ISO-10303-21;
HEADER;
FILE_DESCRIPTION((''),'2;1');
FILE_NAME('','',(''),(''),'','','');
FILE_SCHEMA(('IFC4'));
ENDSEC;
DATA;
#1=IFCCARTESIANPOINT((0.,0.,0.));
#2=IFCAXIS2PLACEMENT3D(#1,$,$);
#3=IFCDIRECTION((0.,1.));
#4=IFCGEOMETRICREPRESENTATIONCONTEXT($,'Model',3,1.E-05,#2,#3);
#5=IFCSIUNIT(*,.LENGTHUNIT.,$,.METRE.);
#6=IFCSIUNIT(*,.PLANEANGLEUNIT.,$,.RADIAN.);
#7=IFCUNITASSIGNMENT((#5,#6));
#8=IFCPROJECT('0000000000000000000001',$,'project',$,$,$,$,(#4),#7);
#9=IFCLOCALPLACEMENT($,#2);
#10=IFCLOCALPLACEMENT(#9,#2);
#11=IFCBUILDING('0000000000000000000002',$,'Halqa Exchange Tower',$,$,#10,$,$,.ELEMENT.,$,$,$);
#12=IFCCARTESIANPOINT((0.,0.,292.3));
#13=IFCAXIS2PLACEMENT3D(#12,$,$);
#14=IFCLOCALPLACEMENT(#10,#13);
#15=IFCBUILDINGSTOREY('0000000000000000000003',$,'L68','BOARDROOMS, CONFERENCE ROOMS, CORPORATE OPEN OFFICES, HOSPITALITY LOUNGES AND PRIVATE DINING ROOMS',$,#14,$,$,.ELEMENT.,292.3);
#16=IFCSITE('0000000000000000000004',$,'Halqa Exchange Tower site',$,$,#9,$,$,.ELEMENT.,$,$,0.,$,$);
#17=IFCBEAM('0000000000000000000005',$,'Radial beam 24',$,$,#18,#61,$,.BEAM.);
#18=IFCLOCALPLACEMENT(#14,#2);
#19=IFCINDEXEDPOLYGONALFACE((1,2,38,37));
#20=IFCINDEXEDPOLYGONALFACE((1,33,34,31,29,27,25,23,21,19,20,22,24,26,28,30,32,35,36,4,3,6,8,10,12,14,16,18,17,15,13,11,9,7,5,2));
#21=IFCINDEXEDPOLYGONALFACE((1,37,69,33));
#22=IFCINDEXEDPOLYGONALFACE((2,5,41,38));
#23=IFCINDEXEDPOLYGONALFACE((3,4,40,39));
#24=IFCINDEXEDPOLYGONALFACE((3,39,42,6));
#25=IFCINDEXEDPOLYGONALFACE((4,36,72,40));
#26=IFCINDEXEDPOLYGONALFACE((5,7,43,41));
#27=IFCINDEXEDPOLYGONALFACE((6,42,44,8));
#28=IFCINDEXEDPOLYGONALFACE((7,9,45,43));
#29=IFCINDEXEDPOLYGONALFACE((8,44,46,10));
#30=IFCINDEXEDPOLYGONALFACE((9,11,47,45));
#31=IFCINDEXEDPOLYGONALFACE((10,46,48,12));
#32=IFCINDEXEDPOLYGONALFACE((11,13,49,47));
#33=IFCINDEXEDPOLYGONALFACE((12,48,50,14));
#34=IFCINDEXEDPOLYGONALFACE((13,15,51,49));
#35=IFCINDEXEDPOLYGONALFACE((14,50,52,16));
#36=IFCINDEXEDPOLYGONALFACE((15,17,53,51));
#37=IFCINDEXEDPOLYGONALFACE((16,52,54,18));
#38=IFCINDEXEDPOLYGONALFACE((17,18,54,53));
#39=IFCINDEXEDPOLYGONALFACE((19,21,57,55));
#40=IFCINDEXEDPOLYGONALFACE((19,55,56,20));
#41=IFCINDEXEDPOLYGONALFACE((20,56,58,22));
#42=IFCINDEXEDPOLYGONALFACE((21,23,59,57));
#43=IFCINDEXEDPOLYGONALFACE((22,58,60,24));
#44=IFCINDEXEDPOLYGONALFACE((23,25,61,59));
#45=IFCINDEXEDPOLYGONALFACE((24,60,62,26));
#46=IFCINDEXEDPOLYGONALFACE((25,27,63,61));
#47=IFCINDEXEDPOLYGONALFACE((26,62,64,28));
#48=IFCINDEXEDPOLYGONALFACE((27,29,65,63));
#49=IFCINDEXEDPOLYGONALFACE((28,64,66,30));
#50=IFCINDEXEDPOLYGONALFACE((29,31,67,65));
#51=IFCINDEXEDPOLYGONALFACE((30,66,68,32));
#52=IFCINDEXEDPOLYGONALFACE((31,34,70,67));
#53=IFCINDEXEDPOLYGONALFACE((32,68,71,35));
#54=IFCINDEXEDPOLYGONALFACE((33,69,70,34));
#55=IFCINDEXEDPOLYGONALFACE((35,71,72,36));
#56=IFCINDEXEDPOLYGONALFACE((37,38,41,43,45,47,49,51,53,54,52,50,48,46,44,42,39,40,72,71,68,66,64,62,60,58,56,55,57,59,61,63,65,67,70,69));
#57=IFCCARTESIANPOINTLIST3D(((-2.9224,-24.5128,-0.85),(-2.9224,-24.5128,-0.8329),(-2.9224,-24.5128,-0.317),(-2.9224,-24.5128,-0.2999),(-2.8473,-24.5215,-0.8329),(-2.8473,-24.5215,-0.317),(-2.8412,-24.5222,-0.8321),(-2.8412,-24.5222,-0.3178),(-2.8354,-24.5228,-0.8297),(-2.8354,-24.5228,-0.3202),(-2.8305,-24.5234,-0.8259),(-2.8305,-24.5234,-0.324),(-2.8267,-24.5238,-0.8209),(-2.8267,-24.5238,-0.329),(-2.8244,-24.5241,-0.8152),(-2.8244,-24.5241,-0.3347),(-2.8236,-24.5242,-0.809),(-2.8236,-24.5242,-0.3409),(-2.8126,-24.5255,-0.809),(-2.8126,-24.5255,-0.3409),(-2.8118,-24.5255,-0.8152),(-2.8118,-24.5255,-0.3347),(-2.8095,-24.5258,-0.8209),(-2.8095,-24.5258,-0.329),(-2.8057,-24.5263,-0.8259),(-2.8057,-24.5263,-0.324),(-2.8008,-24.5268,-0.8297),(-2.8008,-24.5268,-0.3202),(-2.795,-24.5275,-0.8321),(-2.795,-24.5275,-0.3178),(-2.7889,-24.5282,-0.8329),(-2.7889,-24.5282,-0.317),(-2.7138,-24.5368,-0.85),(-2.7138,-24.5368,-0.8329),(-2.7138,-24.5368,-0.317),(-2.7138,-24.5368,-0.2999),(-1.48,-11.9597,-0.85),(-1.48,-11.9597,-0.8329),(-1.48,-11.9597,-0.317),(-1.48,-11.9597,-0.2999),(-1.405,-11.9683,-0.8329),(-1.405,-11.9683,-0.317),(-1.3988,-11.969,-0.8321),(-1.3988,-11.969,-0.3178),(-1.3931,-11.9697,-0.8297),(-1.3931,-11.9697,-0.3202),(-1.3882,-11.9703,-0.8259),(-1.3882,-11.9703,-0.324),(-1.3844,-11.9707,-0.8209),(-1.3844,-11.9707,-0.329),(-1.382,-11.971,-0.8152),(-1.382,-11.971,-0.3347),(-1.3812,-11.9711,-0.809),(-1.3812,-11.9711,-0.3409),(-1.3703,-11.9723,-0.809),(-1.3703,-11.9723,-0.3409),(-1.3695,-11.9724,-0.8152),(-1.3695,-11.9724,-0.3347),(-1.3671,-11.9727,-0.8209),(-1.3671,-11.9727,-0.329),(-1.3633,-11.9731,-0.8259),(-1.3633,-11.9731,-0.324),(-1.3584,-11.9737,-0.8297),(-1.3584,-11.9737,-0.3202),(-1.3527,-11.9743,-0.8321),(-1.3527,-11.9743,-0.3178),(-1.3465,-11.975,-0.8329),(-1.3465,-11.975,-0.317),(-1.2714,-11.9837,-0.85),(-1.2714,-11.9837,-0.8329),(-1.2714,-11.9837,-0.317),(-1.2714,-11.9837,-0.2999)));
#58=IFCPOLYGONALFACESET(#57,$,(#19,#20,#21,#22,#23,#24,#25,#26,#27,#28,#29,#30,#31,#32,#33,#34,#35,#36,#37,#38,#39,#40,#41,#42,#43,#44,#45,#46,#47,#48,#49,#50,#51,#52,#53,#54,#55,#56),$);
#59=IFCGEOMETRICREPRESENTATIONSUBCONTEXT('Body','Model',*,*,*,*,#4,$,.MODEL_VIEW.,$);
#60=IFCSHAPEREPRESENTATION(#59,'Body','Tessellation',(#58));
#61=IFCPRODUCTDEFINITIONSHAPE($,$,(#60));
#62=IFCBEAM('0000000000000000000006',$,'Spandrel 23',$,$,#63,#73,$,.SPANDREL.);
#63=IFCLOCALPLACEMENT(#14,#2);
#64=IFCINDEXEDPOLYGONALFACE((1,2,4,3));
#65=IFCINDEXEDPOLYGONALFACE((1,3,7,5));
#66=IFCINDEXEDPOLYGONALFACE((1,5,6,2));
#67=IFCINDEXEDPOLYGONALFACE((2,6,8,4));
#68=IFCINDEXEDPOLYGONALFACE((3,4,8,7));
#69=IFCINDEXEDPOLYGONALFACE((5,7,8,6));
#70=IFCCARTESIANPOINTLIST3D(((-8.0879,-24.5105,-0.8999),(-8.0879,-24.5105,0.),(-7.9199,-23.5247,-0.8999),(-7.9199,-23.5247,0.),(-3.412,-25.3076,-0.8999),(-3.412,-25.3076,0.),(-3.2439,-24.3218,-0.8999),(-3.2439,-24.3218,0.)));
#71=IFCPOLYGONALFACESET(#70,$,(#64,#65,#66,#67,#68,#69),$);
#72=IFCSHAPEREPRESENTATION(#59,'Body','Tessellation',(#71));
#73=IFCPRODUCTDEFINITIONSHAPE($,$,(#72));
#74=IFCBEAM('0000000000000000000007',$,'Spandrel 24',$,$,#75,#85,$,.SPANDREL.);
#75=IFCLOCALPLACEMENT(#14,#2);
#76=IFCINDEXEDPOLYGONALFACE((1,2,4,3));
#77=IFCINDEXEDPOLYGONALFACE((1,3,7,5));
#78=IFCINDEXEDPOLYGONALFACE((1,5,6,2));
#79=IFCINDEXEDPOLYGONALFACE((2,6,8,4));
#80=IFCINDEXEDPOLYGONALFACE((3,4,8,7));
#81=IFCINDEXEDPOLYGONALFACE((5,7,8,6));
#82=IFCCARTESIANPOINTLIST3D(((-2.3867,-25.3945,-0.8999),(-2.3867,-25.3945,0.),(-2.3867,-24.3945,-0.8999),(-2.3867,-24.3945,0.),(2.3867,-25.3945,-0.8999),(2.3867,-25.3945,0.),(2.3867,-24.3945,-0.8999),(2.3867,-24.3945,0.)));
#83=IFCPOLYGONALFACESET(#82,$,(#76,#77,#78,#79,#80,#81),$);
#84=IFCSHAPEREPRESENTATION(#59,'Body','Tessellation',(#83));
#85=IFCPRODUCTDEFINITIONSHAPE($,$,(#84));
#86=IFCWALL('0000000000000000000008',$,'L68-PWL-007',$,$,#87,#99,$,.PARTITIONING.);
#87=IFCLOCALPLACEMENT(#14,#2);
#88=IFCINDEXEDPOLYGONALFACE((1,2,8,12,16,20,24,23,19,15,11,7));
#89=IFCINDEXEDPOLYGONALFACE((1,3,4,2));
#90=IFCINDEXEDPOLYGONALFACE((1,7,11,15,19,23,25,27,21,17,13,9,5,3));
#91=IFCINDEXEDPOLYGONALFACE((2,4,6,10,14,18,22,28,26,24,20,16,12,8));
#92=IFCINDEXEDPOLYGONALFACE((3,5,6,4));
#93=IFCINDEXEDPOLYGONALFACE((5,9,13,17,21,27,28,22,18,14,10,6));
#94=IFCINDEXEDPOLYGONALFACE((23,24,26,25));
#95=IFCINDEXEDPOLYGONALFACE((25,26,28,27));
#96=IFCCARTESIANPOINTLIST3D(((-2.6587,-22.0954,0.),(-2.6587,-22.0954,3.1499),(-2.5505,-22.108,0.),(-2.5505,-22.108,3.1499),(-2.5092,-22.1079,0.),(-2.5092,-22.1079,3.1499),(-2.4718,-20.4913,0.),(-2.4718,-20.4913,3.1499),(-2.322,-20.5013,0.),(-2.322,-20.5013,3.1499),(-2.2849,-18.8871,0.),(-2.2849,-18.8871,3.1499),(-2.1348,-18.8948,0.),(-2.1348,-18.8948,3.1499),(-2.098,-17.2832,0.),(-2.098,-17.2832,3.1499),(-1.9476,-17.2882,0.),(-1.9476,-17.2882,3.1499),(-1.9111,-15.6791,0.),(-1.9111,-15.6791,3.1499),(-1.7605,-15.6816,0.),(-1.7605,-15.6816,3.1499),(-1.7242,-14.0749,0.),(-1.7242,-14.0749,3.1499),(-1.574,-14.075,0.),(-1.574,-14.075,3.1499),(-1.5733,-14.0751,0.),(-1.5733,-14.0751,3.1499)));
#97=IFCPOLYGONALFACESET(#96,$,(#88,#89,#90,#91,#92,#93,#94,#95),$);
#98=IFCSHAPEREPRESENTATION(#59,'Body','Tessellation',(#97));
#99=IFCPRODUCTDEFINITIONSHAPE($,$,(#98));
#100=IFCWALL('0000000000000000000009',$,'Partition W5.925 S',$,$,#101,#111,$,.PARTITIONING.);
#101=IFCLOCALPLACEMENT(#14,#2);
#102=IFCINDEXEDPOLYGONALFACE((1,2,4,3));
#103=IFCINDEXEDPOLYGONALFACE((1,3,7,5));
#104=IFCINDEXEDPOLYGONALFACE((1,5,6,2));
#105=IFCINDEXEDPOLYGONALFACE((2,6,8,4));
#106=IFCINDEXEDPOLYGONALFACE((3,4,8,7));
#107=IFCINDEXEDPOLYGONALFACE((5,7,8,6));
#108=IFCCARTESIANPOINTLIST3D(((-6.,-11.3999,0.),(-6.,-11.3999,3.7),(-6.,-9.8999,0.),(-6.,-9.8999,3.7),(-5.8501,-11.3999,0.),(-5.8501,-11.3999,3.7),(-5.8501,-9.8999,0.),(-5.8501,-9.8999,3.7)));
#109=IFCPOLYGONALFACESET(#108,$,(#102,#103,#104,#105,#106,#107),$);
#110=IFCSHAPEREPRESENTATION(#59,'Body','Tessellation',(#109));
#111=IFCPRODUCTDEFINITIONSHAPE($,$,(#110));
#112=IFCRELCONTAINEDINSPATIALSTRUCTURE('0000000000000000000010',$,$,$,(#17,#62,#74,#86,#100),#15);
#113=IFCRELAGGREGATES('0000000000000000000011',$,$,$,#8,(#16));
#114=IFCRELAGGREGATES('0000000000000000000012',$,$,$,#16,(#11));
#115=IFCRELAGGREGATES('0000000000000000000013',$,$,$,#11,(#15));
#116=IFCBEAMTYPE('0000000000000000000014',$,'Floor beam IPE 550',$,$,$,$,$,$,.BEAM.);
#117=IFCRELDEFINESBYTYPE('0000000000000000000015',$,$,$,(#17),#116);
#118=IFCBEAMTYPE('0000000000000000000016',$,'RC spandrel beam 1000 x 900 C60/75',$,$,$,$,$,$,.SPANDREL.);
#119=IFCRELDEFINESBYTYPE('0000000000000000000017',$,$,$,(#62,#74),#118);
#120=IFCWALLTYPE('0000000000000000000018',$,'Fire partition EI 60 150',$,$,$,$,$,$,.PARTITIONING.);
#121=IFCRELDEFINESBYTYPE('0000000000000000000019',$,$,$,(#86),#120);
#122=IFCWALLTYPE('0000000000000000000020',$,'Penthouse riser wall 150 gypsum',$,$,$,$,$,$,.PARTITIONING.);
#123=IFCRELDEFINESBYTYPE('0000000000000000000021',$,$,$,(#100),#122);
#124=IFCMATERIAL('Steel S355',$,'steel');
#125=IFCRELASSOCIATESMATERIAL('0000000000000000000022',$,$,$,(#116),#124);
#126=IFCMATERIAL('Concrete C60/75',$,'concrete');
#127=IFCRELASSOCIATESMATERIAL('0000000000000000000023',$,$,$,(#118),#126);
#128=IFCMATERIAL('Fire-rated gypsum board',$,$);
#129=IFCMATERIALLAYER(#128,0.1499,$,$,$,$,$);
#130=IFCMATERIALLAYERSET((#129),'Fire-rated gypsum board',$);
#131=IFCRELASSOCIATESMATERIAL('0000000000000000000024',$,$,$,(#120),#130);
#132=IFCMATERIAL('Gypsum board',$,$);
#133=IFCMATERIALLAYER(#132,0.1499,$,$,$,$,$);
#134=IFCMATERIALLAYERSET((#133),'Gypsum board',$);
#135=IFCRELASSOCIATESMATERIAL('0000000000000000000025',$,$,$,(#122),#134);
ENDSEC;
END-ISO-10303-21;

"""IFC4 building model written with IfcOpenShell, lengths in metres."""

from ifc_helpers import new_model, si_unit, direction, frame, frame_2d, origin, origin_2d, place, context, subcontext, project, spatial, polyline, rectangle, i_section, outline, extrude, material, layer, layer_set, material_profile, profile_set, type_object, element, save


model = new_model("IFC4")

# Units and contexts
model_context = context("Model", 3, precision=1e-05, world=origin(), true_north=direction((0.0, 1.0)))
body_context = subcontext(model_context, "Body", "Model", "MODEL_VIEW")
ifc_project = project(units=[si_unit("LENGTHUNIT", "METRE"), si_unit("PLANEANGLEUNIT", "RADIAN")], contexts=[model_context])

# Site, building, storey
site_placement = place(None, origin())
site = spatial("IfcSite", under=ifc_project, at=site_placement, Name="Halqa Exchange Tower site", CompositionType="ELEMENT", RefElevation=0.0)
building_placement = place(site_placement, origin())
building = spatial("IfcBuilding", under=site, at=building_placement, Name="Halqa Exchange Tower", CompositionType="ELEMENT")
storey_placement = place(building_placement, frame((0.0, 0.0, 292.3)))
storey = spatial("IfcBuildingStorey", under=building, at=storey_placement, Name="L68", Description="BOARDROOMS, CONFERENCE ROOMS, CORPORATE OPEN OFFICES, HOSPITALITY LOUNGES AND PRIVATE DINING ROOMS", CompositionType="ELEMENT", Elevation=292.3)

# Beams
ifc_material_1 = material(Name="Steel S355", Category="steel")
ifc_material_profile_1 = material_profile(ifc_material_1, i_section(OverallWidth=0.21, OverallDepth=0.55, WebThickness=0.011, FlangeThickness=0.0171, FilletRadius=0.0239, at=origin_2d()), Name="IPE 550")
ifc_profile_set_1 = profile_set([ifc_material_profile_1], Name="Steel S355")
beam_type_1 = type_object("IfcBeamType", Name="Floor beam IPE 550", PredefinedType="BEAM", material=ifc_profile_set_1)
beam_1_placement = place(storey_placement, frame((-1.3757, -11.9717, -0.575), z_axis=(-0.11415, -0.993463, 0.0), x_axis=(0.993463, -0.11415, 0.0)))
element("IfcBeam", 1, at=beam_1_placement, inside=storey, type_object=beam_type_1, Name="Radial beam 24", PredefinedType="BEAM", context=body_context, shape_type="SweptSolid", body=[
    extrude(i_section(OverallWidth=0.21, OverallDepth=0.55, WebThickness=0.011, FlangeThickness=0.0171, FilletRadius=0.0239, at=origin_2d()), origin(), (0.0, 0.0, 1.0), 12.6357),
])
ifc_material_2 = material(Name="Concrete C60/75", Category="concrete")
ifc_material_profile_2 = material_profile(ifc_material_2, rectangle(XDim=1.0, YDim=0.8999, at=origin_2d()), Name="1000 x 900")
ifc_profile_set_2 = profile_set([ifc_material_profile_2], Name="Concrete C60/75")
beam_type_2 = type_object("IfcBeamType", Name="RC spandrel beam 1000 x 900 C60/75", PredefinedType="SPANDREL", material=ifc_profile_set_2)
beam_2_placement = place(storey_placement, frame((-8.0039, -24.0176, -0.45), z_axis=(0.985779, -0.168045, 0.0), x_axis=(0.168045, 0.985779, 0.0)))
element("IfcBeam", 2, at=beam_2_placement, inside=storey, type_object=beam_type_2, Name="Spandrel 23", PredefinedType="SPANDREL", context=body_context, shape_type="SweptSolid", body=[
    extrude(rectangle(XDim=1.0, YDim=0.8999, at=origin_2d()), origin(), (0.0, 0.0, 1.0), 4.7434),
])
beam_3_placement = place(storey_placement, frame((-2.3867, -24.8945, -0.45), z_axis=(1.0, 0.0, 0.0), x_axis=(0.0, 1.0, 0.0)))
element("IfcBeam", 3, at=beam_3_placement, inside=storey, type_object=beam_type_2, Name="Spandrel 24", PredefinedType="SPANDREL", context=body_context, shape_type="SweptSolid", body=[
    extrude(rectangle(XDim=1.0, YDim=0.8999, at=origin_2d()), origin(), (0.0, 0.0, 1.0), 4.7734),
])

# Walls
ifc_material_3 = material(Name="Fire-rated gypsum board")
ifc_layer_1 = layer(ifc_material_3, 0.1499)
ifc_layer_set_1 = layer_set([ifc_layer_1], Name="Fire-rated gypsum board")
wall_type_1 = type_object("IfcWallType", Name="Fire partition EI 60 150", PredefinedType="PARTITIONING", material=ifc_layer_set_1)
wall_1_placement = place(storey_placement, frame((-1.6477, -14.0664, 0.0), z_axis=(0.0, 0.0, 1.0), x_axis=(-0.115735, -0.99328, 0.0)))
element("IfcWall", 4, at=wall_1_placement, inside=storey, type_object=wall_type_1, Name="L68-PWL-007", PredefinedType="PARTITIONING", context=body_context, shape_type="SweptSolid", body=[
    extrude(outline(polyline([(8.092, -0.075), (8.092, 0.0339), (8.0872, 0.075), (6.4697, 0.075), (4.8523, 0.075), (3.2349, 0.075), (1.6174, 0.075), (0.0, 0.075), (0.0, 0.0742), (0.0173, -0.075), (1.6323, -0.075), (3.2473, -0.075), (4.8621, -0.075), (6.4771, -0.075), (8.092, -0.075)])), origin(), (0.0, 0.0, 1.0), 3.1499),
])
ifc_material_4 = material(Name="Gypsum board")
ifc_layer_2 = layer(ifc_material_4, 0.1499)
ifc_layer_set_2 = layer_set([ifc_layer_2], Name="Gypsum board")
wall_type_2 = type_object("IfcWallType", Name="Penthouse riser wall 150 gypsum", PredefinedType="PARTITIONING", material=ifc_layer_set_2)
wall_2_placement = place(storey_placement, frame((-5.925, -11.3999, 0.0), z_axis=(0.0, 0.0, 1.0), x_axis=(0.0, 1.0, 0.0)))
element("IfcWall", 5, at=wall_2_placement, inside=storey, type_object=wall_type_2, Name="Partition W5.925 S", PredefinedType="PARTITIONING", context=body_context, shape_type="SweptSolid", body=[
    extrude(rectangle(XDim=1.5, YDim=0.1499, at=frame_2d((0.75, 0.0))), origin(), (0.0, 0.0, 1.0), 3.7),
])

save(model, "model.ifc")
